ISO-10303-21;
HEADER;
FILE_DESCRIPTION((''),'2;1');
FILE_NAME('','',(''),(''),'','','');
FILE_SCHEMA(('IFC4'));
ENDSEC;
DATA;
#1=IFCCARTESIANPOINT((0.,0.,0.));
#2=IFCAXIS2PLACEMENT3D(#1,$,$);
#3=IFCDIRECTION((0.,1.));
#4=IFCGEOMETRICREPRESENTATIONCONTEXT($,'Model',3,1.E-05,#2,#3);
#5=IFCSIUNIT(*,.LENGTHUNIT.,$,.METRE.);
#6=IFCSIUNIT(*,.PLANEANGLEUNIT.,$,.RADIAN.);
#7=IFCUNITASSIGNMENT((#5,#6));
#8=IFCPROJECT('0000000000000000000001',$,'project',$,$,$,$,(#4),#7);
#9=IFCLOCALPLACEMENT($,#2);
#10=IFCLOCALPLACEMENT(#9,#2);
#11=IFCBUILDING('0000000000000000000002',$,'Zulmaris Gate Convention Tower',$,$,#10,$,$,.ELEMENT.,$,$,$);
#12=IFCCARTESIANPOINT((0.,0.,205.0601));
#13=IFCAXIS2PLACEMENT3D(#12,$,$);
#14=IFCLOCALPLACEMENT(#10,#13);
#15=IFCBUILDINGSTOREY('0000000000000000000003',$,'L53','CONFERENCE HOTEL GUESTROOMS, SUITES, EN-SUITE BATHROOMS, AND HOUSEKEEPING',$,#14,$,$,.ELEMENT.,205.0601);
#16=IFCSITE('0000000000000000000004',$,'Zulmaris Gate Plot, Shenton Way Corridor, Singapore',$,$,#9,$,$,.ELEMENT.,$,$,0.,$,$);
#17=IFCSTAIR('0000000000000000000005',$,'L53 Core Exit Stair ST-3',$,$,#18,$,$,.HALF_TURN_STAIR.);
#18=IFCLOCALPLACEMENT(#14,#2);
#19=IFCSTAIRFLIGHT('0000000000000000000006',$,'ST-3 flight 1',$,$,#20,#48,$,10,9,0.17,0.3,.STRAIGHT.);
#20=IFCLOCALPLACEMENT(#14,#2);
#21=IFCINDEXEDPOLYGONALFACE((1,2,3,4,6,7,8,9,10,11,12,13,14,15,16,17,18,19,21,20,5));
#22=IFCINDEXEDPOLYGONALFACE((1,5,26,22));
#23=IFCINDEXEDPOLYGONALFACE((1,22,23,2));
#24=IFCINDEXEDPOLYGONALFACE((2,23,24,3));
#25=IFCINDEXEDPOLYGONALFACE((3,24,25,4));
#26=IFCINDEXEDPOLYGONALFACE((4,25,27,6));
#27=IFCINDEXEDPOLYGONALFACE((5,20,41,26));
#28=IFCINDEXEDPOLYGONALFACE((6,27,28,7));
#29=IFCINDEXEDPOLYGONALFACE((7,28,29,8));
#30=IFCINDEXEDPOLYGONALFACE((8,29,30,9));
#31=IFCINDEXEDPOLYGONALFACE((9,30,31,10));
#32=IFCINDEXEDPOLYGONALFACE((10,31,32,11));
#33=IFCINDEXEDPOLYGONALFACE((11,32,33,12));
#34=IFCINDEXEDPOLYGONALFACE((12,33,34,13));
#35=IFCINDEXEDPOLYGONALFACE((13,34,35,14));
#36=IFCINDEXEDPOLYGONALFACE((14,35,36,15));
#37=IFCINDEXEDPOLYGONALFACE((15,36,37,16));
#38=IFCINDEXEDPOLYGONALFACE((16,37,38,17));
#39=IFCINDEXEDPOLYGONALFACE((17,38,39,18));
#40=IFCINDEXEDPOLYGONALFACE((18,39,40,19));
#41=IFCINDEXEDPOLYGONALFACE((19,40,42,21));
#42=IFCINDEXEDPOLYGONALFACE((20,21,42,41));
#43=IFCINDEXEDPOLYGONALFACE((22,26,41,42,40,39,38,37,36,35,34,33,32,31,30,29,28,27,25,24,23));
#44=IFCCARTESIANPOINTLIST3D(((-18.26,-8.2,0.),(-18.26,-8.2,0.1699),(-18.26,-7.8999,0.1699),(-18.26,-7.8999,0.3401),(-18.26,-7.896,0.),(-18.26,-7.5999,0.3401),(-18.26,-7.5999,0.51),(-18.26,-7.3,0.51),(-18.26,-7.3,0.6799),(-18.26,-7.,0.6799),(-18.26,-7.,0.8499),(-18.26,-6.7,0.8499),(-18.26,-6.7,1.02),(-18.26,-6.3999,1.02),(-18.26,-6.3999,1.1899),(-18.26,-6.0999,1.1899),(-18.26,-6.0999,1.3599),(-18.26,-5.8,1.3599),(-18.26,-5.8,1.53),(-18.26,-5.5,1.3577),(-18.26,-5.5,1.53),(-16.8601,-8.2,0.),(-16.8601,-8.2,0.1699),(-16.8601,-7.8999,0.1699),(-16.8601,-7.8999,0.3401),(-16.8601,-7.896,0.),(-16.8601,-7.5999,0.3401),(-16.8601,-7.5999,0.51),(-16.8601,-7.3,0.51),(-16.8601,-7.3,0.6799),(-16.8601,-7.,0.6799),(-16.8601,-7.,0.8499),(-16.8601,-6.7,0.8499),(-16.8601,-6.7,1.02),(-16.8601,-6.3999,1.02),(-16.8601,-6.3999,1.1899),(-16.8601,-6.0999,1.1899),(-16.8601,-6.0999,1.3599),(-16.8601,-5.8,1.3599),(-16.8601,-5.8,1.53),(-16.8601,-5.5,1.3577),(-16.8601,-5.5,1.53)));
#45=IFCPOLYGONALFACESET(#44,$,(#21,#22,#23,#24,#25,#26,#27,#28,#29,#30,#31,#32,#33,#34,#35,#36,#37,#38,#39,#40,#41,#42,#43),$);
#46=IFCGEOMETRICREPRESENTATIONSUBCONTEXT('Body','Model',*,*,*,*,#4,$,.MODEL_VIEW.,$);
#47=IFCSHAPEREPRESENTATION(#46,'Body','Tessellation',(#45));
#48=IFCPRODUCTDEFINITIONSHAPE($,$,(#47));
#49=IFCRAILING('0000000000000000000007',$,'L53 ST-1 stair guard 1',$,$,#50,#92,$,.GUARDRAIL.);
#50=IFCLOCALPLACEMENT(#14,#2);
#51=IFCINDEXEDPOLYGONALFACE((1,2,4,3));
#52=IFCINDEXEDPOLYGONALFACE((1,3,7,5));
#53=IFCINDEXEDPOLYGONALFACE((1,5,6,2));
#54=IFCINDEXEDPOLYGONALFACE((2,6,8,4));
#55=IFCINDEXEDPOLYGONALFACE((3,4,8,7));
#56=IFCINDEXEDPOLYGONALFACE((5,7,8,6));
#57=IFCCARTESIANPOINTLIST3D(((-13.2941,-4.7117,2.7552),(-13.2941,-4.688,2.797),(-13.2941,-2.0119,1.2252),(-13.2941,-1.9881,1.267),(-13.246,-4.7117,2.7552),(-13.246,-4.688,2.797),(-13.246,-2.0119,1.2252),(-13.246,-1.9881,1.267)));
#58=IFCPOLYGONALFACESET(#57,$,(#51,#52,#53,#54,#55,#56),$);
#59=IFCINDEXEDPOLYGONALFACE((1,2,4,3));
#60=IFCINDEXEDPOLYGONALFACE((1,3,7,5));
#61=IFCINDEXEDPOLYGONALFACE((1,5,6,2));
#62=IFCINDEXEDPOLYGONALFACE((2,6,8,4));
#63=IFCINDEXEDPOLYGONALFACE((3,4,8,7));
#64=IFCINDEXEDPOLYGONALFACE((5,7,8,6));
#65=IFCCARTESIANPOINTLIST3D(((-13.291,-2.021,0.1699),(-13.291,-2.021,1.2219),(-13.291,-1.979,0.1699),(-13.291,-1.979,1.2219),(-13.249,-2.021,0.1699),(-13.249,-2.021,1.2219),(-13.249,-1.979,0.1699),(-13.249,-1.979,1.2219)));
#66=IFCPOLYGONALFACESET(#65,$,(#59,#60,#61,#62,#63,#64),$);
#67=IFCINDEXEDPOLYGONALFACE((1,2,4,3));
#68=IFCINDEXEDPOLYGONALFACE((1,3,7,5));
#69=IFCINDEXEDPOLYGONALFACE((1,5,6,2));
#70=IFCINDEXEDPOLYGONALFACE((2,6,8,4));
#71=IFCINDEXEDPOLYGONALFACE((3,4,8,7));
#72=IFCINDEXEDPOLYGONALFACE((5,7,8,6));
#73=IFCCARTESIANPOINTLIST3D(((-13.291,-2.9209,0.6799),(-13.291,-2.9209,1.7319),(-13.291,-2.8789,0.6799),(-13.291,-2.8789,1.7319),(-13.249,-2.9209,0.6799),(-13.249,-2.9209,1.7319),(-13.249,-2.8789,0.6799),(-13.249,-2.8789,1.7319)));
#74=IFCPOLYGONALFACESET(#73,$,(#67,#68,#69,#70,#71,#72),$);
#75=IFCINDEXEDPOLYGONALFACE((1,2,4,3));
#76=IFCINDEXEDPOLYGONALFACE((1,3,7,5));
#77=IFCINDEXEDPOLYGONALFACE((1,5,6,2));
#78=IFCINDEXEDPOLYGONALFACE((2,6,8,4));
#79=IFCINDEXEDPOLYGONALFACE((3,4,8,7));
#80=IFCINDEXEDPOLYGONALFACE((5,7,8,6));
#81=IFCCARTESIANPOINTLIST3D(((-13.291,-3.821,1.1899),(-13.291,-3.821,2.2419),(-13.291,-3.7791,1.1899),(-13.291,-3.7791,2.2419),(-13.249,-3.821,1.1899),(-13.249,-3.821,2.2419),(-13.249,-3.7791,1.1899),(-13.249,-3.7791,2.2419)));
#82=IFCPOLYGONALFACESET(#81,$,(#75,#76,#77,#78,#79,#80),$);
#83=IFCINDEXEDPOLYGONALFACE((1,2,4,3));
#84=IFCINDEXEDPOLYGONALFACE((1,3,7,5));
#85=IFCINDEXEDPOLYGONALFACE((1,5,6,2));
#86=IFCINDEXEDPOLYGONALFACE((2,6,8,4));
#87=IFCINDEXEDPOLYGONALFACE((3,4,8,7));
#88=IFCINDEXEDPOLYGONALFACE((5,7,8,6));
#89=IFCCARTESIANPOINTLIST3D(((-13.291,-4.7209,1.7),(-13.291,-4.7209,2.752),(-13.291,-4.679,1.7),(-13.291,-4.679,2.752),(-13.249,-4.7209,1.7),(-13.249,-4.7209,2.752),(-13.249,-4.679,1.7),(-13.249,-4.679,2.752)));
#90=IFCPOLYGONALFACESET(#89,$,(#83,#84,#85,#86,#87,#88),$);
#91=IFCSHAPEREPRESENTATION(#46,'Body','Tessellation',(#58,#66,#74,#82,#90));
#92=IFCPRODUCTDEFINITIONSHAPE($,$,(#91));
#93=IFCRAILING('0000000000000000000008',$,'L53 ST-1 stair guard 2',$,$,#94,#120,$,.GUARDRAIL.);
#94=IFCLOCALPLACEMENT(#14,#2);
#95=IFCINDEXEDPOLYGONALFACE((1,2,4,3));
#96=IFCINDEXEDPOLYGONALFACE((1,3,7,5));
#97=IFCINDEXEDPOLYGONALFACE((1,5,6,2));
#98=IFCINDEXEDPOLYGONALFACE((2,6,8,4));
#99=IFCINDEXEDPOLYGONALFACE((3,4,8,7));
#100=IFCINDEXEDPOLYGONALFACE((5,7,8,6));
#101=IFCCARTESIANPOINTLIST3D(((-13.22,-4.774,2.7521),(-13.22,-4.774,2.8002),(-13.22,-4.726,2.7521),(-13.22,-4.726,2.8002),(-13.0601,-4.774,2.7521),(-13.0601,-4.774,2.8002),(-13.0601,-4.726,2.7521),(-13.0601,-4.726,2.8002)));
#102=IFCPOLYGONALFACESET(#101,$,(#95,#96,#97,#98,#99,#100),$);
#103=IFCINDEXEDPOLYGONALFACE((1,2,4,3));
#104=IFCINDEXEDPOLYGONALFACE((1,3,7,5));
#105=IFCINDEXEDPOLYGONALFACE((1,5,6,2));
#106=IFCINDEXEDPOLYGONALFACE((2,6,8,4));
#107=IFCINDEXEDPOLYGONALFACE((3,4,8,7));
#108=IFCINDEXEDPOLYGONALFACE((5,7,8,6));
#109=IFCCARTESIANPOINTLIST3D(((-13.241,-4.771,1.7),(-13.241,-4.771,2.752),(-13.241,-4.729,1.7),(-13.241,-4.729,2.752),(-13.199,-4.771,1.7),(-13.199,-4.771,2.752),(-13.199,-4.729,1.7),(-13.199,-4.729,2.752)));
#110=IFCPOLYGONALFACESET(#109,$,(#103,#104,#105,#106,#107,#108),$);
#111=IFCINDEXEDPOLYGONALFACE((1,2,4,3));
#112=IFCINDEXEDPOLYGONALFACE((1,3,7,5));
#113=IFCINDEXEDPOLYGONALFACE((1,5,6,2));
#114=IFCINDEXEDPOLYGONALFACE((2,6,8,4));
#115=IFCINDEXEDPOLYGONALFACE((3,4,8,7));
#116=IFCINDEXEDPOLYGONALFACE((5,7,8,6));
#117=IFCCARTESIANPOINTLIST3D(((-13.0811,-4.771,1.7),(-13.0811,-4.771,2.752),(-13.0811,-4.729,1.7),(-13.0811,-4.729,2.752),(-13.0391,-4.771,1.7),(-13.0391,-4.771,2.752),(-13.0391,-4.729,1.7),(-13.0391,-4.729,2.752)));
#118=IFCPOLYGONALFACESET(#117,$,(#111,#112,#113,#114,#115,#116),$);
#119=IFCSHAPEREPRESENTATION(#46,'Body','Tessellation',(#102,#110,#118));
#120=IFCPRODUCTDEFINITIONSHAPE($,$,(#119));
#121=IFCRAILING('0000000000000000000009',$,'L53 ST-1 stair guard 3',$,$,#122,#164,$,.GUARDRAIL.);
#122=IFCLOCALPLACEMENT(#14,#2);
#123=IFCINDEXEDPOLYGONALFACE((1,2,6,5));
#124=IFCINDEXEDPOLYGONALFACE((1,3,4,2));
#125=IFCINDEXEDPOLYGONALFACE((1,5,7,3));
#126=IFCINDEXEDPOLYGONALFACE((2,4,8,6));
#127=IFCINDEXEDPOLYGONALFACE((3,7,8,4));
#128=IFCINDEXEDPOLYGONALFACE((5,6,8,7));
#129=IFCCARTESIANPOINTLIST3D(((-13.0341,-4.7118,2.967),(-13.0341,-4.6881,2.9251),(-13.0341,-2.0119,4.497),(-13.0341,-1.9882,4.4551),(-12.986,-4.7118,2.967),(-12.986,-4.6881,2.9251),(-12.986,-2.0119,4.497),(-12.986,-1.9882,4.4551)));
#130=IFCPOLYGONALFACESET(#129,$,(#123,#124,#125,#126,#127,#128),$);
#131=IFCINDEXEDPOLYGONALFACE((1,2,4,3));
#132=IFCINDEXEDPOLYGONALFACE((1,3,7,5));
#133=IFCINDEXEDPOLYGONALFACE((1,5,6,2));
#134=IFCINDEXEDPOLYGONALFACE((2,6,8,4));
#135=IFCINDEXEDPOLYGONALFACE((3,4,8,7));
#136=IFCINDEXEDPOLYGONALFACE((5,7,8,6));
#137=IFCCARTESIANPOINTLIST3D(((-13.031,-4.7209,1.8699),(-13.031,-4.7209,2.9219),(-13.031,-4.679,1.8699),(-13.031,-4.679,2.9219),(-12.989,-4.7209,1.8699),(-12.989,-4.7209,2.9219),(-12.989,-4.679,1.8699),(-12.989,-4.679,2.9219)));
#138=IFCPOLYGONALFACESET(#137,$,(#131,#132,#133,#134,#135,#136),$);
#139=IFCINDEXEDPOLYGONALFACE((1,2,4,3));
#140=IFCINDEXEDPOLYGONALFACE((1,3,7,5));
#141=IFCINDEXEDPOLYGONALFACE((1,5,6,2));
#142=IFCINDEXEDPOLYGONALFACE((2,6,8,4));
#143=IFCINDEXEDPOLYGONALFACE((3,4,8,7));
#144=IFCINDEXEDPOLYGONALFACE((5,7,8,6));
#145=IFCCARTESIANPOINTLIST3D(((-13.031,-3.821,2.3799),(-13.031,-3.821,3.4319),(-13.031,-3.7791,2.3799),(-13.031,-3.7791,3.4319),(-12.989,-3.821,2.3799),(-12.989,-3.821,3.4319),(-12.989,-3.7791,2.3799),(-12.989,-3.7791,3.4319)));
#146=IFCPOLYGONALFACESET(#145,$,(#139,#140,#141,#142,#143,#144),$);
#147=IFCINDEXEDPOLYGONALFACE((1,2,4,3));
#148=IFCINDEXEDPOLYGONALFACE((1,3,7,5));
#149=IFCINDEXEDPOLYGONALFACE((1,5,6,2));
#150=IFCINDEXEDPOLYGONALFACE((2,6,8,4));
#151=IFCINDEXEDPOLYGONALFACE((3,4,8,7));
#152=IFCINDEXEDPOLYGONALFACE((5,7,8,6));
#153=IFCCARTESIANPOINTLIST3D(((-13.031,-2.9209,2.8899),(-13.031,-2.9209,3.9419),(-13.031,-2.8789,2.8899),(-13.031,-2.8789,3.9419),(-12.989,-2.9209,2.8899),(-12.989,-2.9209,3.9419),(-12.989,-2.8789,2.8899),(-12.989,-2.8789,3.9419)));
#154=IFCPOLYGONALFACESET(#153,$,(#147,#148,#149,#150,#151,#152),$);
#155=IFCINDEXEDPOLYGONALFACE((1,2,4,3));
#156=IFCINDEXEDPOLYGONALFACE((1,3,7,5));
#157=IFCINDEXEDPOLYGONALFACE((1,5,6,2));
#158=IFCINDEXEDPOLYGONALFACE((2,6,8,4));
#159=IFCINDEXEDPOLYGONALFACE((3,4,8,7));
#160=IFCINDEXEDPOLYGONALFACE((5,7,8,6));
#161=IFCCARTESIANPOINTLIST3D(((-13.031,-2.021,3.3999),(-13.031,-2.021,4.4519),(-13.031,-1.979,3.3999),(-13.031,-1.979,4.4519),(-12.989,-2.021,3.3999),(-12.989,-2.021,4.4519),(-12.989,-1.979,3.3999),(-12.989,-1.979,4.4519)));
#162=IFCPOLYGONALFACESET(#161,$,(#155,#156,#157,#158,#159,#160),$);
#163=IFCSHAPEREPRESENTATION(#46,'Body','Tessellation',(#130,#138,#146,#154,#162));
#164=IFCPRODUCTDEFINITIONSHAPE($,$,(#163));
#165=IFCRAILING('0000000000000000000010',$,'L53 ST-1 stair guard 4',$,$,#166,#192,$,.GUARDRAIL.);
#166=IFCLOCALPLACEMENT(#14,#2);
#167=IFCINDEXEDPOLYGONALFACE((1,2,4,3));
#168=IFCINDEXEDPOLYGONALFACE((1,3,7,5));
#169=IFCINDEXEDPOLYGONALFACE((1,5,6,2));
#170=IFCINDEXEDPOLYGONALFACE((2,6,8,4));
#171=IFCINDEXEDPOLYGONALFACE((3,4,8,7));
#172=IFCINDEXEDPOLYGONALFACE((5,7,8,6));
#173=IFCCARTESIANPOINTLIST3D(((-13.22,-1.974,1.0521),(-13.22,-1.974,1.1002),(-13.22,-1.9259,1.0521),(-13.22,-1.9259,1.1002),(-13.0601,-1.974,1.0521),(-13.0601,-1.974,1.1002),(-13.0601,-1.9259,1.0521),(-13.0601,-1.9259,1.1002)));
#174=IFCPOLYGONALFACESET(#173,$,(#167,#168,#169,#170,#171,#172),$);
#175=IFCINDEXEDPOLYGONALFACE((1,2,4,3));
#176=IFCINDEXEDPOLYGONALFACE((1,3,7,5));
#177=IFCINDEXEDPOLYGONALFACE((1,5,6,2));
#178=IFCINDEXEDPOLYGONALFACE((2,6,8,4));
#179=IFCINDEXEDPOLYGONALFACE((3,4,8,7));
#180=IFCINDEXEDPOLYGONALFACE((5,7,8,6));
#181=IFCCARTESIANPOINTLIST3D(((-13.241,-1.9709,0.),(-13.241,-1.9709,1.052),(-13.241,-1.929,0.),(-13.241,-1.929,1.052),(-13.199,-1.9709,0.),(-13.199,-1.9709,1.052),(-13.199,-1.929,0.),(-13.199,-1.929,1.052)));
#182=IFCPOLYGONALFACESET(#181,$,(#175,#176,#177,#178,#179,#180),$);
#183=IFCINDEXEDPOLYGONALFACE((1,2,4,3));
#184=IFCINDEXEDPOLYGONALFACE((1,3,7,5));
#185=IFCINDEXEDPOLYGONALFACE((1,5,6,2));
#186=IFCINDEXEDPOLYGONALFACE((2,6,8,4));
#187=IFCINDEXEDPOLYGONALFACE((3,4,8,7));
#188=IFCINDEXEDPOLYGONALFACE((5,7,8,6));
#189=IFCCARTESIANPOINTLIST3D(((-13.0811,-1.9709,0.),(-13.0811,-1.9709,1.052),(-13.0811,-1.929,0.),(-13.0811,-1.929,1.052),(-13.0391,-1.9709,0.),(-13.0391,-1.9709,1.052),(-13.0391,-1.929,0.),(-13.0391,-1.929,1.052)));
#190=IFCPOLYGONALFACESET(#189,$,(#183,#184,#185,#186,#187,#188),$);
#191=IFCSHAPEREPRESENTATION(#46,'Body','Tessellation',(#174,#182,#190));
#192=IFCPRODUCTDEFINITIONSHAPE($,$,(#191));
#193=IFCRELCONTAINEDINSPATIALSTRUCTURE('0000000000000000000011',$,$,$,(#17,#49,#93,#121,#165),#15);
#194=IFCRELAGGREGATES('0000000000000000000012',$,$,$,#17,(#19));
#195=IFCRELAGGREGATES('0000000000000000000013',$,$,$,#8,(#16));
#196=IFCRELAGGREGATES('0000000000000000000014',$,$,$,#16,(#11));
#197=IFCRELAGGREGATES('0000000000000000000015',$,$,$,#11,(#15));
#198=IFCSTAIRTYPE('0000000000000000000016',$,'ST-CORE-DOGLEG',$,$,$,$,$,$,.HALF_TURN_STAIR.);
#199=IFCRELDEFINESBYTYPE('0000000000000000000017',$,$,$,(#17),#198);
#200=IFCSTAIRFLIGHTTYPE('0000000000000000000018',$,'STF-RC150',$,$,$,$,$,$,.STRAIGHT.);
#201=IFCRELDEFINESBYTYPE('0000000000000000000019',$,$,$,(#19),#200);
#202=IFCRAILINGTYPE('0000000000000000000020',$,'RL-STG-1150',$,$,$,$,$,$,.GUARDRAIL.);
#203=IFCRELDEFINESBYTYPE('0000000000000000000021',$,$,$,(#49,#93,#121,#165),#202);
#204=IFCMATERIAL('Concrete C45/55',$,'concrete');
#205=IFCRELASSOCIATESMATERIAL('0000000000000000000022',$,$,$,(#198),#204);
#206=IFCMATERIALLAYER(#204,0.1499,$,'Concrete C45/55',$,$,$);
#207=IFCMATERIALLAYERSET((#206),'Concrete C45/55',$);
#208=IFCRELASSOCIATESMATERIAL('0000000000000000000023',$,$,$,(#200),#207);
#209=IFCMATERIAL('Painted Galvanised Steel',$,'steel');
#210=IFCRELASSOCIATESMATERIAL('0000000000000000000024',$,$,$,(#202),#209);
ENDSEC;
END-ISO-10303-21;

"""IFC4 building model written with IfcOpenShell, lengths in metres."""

from ifc_helpers import new_model, si_unit, direction, frame, origin, origin_2d, place, context, subcontext, project, spatial, polyline, rectangle, outline, extrude, material, layer, layer_set, type_object, element, aggregate, save


model = new_model("IFC4")

# Units and contexts
model_context = context("Model", 3, precision=1e-05, world=origin(), true_north=direction((0.0, 1.0)))
body_context = subcontext(model_context, "Body", "Model", "MODEL_VIEW")
ifc_project = project(units=[si_unit("LENGTHUNIT", "METRE"), si_unit("PLANEANGLEUNIT", "RADIAN")], contexts=[model_context])

# Site, building, storey
site_placement = place(None, origin())
site = spatial("IfcSite", under=ifc_project, at=site_placement, Name="Zulmaris Gate Plot, Shenton Way Corridor, Singapore", CompositionType="ELEMENT", RefElevation=0.0)
building_placement = place(site_placement, origin())
building = spatial("IfcBuilding", under=site, at=building_placement, Name="Zulmaris Gate Convention Tower", CompositionType="ELEMENT")
storey_placement = place(building_placement, frame((0.0, 0.0, 205.0601)))
storey = spatial("IfcBuildingStorey", under=building, at=storey_placement, Name="L53", Description="CONFERENCE HOTEL GUESTROOMS, SUITES, EN-SUITE BATHROOMS, AND HOUSEKEEPING", CompositionType="ELEMENT", Elevation=205.0601)

# Shared definitions
ifc_material_1 = material(Name="Concrete C45/55", Category="concrete")
stair_type = type_object("IfcStairType", Name="ST-CORE-DOGLEG", PredefinedType="HALF_TURN_STAIR", material=ifc_material_1)
ifc_layer_1 = layer(ifc_material_1, 0.1499, Name="Concrete C45/55")
ifc_layer_set_1 = layer_set([ifc_layer_1], Name="Concrete C45/55")
stair_flight_type = type_object("IfcStairFlightType", Name="STF-RC150", PredefinedType="STRAIGHT", material=ifc_layer_set_1)

# Stair, stair flight
stair_1_placement = place(storey_placement, origin())
stair_1 = element("IfcStair", 1, at=stair_1_placement, inside=storey, type_object=stair_type, Name="L53 Core Exit Stair ST-3", PredefinedType="HALF_TURN_STAIR")
stair_flight_1_placement = place(storey_placement, frame((-17.5601, -8.2, 0.0), z_axis=(0.0, 0.0, 1.0), x_axis=(0.0, 1.0, 0.0)))
stair_flight_1 = element("IfcStairFlight", 2, at=stair_flight_1_placement, type_object=stair_flight_type, Name="ST-3 flight 1", NumberOfRisers=10, NumberOfTreads=9, PredefinedType="STRAIGHT", RiserHeight=0.17, TreadLength=0.3, context=body_context, shape_type="SweptSolid", body=[
    extrude(outline(polyline([(0.0, 0.0), (0.0, 0.1699), (0.3, 0.1699), (0.3, 0.3401), (0.6001, 0.3401), (0.6001, 0.51), (0.8999, 0.51), (0.8999, 0.6799), (1.2, 0.6799), (1.2, 0.8499), (1.5, 0.8499), (1.5, 1.02), (1.8, 1.02), (1.8, 1.1899), (2.1001, 1.1899), (2.1001, 1.3599), (2.3999, 1.3599), (2.3999, 1.53), (2.7, 1.53), (2.7, 1.7), (2.7, 1.3577), (0.304, 0.0), (0.0, 0.0)])), frame((0.0, 0.7, 0.0), z_axis=(0.0, -1.0, 0.0), x_axis=(1.0, 0.0, 0.0)), (0.0, 0.0, 1.0), 1.3999),
])
aggregate(stair_1, [stair_flight_1])

# Railings
ifc_material_2 = material(Name="Painted Galvanised Steel", Category="steel")
railing_type_1 = type_object("IfcRailingType", Name="RL-STG-1150", PredefinedType="GUARDRAIL", material=ifc_material_2)
railing_1_placement = place(storey_placement, frame((-13.27, -2.0, 0.1699)))
element("IfcRailing", 3, at=railing_1_placement, inside=storey, type_object=railing_type_1, Name="L53 ST-1 stair guard 1", PredefinedType="GUARDRAIL", context=body_context, shape_type="SweptSolid", body=[
    extrude(rectangle(XDim=0.0481, YDim=0.0481, at=origin_2d()), frame((0.0, 0.0, 1.0762), z_axis=(0.0, -0.870014, 0.493026), x_axis=(1.0, 0.0, 0.0)), (0.0, 0.0, 1.0), 3.1033),
    extrude(rectangle(XDim=0.042, YDim=0.042, at=origin_2d()), origin(), (0.0, 0.0, 1.0), 1.052),
    extrude(rectangle(XDim=0.042, YDim=0.042, at=origin_2d()), frame((0.0, -0.8999, 0.51)), (0.0, 0.0, 1.0), 1.052),
    extrude(rectangle(XDim=0.042, YDim=0.042, at=origin_2d()), frame((0.0, -1.8, 1.02)), (0.0, 0.0, 1.0), 1.052),
    extrude(rectangle(XDim=0.042, YDim=0.042, at=origin_2d()), frame((0.0, -2.7, 1.53)), (0.0, 0.0, 1.0), 1.052),
])
railing_2_placement = place(storey_placement, frame((-13.22, -4.75, 1.7)))
element("IfcRailing", 4, at=railing_2_placement, inside=storey, type_object=railing_type_1, Name="L53 ST-1 stair guard 2", PredefinedType="GUARDRAIL", context=body_context, shape_type="SweptSolid", body=[
    extrude(rectangle(XDim=0.0481, YDim=0.0481, at=origin_2d()), frame((0.0, 0.0, 1.0762), z_axis=(1.0, 0.0, 0.0), x_axis=(0.0, 1.0, 0.0)), (0.0, 0.0, 1.0), 0.1599),
    extrude(rectangle(XDim=0.042, YDim=0.042, at=origin_2d()), origin(), (0.0, 0.0, 1.0), 1.052),
    extrude(rectangle(XDim=0.042, YDim=0.042, at=origin_2d()), frame((0.1599, 0.0, 0.0)), (0.0, 0.0, 1.0), 1.052),
])
railing_3_placement = place(storey_placement, frame((-13.01, -4.7, 1.8699)))
element("IfcRailing", 5, at=railing_3_placement, inside=storey, type_object=railing_type_1, Name="L53 ST-1 stair guard 3", PredefinedType="GUARDRAIL", context=body_context, shape_type="SweptSolid", body=[
    extrude(rectangle(XDim=0.0481, YDim=0.0481, at=origin_2d()), frame((0.0, 0.0, 1.0762), z_axis=(0.0, 0.870014, 0.493026), x_axis=(-1.0, 0.0, 0.0)), (0.0, 0.0, 1.0), 3.1033),
    extrude(rectangle(XDim=0.042, YDim=0.042, at=origin_2d()), origin(), (0.0, 0.0, 1.0), 1.052),
    extrude(rectangle(XDim=0.042, YDim=0.042, at=origin_2d()), frame((0.0, 0.8999, 0.51)), (0.0, 0.0, 1.0), 1.052),
    extrude(rectangle(XDim=0.042, YDim=0.042, at=origin_2d()), frame((0.0, 1.8, 1.02)), (0.0, 0.0, 1.0), 1.052),
    extrude(rectangle(XDim=0.042, YDim=0.042, at=origin_2d()), frame((0.0, 2.7, 1.53)), (0.0, 0.0, 1.0), 1.052),
])
railing_4_placement = place(storey_placement, frame((-13.22, -1.95, 0.0)))
element("IfcRailing", 6, at=railing_4_placement, inside=storey, type_object=railing_type_1, Name="L53 ST-1 stair guard 4", PredefinedType="GUARDRAIL", context=body_context, shape_type="SweptSolid", body=[
    extrude(rectangle(XDim=0.0481, YDim=0.0481, at=origin_2d()), frame((0.0, 0.0, 1.0762), z_axis=(1.0, 0.0, 0.0), x_axis=(0.0, 1.0, 0.0)), (0.0, 0.0, 1.0), 0.1599),
    extrude(rectangle(XDim=0.042, YDim=0.042, at=origin_2d()), origin(), (0.0, 0.0, 1.0), 1.052),
    extrude(rectangle(XDim=0.042, YDim=0.042, at=origin_2d()), frame((0.1599, 0.0, 0.0)), (0.0, 0.0, 1.0), 1.052),
])

save(model, "model.ifc")
